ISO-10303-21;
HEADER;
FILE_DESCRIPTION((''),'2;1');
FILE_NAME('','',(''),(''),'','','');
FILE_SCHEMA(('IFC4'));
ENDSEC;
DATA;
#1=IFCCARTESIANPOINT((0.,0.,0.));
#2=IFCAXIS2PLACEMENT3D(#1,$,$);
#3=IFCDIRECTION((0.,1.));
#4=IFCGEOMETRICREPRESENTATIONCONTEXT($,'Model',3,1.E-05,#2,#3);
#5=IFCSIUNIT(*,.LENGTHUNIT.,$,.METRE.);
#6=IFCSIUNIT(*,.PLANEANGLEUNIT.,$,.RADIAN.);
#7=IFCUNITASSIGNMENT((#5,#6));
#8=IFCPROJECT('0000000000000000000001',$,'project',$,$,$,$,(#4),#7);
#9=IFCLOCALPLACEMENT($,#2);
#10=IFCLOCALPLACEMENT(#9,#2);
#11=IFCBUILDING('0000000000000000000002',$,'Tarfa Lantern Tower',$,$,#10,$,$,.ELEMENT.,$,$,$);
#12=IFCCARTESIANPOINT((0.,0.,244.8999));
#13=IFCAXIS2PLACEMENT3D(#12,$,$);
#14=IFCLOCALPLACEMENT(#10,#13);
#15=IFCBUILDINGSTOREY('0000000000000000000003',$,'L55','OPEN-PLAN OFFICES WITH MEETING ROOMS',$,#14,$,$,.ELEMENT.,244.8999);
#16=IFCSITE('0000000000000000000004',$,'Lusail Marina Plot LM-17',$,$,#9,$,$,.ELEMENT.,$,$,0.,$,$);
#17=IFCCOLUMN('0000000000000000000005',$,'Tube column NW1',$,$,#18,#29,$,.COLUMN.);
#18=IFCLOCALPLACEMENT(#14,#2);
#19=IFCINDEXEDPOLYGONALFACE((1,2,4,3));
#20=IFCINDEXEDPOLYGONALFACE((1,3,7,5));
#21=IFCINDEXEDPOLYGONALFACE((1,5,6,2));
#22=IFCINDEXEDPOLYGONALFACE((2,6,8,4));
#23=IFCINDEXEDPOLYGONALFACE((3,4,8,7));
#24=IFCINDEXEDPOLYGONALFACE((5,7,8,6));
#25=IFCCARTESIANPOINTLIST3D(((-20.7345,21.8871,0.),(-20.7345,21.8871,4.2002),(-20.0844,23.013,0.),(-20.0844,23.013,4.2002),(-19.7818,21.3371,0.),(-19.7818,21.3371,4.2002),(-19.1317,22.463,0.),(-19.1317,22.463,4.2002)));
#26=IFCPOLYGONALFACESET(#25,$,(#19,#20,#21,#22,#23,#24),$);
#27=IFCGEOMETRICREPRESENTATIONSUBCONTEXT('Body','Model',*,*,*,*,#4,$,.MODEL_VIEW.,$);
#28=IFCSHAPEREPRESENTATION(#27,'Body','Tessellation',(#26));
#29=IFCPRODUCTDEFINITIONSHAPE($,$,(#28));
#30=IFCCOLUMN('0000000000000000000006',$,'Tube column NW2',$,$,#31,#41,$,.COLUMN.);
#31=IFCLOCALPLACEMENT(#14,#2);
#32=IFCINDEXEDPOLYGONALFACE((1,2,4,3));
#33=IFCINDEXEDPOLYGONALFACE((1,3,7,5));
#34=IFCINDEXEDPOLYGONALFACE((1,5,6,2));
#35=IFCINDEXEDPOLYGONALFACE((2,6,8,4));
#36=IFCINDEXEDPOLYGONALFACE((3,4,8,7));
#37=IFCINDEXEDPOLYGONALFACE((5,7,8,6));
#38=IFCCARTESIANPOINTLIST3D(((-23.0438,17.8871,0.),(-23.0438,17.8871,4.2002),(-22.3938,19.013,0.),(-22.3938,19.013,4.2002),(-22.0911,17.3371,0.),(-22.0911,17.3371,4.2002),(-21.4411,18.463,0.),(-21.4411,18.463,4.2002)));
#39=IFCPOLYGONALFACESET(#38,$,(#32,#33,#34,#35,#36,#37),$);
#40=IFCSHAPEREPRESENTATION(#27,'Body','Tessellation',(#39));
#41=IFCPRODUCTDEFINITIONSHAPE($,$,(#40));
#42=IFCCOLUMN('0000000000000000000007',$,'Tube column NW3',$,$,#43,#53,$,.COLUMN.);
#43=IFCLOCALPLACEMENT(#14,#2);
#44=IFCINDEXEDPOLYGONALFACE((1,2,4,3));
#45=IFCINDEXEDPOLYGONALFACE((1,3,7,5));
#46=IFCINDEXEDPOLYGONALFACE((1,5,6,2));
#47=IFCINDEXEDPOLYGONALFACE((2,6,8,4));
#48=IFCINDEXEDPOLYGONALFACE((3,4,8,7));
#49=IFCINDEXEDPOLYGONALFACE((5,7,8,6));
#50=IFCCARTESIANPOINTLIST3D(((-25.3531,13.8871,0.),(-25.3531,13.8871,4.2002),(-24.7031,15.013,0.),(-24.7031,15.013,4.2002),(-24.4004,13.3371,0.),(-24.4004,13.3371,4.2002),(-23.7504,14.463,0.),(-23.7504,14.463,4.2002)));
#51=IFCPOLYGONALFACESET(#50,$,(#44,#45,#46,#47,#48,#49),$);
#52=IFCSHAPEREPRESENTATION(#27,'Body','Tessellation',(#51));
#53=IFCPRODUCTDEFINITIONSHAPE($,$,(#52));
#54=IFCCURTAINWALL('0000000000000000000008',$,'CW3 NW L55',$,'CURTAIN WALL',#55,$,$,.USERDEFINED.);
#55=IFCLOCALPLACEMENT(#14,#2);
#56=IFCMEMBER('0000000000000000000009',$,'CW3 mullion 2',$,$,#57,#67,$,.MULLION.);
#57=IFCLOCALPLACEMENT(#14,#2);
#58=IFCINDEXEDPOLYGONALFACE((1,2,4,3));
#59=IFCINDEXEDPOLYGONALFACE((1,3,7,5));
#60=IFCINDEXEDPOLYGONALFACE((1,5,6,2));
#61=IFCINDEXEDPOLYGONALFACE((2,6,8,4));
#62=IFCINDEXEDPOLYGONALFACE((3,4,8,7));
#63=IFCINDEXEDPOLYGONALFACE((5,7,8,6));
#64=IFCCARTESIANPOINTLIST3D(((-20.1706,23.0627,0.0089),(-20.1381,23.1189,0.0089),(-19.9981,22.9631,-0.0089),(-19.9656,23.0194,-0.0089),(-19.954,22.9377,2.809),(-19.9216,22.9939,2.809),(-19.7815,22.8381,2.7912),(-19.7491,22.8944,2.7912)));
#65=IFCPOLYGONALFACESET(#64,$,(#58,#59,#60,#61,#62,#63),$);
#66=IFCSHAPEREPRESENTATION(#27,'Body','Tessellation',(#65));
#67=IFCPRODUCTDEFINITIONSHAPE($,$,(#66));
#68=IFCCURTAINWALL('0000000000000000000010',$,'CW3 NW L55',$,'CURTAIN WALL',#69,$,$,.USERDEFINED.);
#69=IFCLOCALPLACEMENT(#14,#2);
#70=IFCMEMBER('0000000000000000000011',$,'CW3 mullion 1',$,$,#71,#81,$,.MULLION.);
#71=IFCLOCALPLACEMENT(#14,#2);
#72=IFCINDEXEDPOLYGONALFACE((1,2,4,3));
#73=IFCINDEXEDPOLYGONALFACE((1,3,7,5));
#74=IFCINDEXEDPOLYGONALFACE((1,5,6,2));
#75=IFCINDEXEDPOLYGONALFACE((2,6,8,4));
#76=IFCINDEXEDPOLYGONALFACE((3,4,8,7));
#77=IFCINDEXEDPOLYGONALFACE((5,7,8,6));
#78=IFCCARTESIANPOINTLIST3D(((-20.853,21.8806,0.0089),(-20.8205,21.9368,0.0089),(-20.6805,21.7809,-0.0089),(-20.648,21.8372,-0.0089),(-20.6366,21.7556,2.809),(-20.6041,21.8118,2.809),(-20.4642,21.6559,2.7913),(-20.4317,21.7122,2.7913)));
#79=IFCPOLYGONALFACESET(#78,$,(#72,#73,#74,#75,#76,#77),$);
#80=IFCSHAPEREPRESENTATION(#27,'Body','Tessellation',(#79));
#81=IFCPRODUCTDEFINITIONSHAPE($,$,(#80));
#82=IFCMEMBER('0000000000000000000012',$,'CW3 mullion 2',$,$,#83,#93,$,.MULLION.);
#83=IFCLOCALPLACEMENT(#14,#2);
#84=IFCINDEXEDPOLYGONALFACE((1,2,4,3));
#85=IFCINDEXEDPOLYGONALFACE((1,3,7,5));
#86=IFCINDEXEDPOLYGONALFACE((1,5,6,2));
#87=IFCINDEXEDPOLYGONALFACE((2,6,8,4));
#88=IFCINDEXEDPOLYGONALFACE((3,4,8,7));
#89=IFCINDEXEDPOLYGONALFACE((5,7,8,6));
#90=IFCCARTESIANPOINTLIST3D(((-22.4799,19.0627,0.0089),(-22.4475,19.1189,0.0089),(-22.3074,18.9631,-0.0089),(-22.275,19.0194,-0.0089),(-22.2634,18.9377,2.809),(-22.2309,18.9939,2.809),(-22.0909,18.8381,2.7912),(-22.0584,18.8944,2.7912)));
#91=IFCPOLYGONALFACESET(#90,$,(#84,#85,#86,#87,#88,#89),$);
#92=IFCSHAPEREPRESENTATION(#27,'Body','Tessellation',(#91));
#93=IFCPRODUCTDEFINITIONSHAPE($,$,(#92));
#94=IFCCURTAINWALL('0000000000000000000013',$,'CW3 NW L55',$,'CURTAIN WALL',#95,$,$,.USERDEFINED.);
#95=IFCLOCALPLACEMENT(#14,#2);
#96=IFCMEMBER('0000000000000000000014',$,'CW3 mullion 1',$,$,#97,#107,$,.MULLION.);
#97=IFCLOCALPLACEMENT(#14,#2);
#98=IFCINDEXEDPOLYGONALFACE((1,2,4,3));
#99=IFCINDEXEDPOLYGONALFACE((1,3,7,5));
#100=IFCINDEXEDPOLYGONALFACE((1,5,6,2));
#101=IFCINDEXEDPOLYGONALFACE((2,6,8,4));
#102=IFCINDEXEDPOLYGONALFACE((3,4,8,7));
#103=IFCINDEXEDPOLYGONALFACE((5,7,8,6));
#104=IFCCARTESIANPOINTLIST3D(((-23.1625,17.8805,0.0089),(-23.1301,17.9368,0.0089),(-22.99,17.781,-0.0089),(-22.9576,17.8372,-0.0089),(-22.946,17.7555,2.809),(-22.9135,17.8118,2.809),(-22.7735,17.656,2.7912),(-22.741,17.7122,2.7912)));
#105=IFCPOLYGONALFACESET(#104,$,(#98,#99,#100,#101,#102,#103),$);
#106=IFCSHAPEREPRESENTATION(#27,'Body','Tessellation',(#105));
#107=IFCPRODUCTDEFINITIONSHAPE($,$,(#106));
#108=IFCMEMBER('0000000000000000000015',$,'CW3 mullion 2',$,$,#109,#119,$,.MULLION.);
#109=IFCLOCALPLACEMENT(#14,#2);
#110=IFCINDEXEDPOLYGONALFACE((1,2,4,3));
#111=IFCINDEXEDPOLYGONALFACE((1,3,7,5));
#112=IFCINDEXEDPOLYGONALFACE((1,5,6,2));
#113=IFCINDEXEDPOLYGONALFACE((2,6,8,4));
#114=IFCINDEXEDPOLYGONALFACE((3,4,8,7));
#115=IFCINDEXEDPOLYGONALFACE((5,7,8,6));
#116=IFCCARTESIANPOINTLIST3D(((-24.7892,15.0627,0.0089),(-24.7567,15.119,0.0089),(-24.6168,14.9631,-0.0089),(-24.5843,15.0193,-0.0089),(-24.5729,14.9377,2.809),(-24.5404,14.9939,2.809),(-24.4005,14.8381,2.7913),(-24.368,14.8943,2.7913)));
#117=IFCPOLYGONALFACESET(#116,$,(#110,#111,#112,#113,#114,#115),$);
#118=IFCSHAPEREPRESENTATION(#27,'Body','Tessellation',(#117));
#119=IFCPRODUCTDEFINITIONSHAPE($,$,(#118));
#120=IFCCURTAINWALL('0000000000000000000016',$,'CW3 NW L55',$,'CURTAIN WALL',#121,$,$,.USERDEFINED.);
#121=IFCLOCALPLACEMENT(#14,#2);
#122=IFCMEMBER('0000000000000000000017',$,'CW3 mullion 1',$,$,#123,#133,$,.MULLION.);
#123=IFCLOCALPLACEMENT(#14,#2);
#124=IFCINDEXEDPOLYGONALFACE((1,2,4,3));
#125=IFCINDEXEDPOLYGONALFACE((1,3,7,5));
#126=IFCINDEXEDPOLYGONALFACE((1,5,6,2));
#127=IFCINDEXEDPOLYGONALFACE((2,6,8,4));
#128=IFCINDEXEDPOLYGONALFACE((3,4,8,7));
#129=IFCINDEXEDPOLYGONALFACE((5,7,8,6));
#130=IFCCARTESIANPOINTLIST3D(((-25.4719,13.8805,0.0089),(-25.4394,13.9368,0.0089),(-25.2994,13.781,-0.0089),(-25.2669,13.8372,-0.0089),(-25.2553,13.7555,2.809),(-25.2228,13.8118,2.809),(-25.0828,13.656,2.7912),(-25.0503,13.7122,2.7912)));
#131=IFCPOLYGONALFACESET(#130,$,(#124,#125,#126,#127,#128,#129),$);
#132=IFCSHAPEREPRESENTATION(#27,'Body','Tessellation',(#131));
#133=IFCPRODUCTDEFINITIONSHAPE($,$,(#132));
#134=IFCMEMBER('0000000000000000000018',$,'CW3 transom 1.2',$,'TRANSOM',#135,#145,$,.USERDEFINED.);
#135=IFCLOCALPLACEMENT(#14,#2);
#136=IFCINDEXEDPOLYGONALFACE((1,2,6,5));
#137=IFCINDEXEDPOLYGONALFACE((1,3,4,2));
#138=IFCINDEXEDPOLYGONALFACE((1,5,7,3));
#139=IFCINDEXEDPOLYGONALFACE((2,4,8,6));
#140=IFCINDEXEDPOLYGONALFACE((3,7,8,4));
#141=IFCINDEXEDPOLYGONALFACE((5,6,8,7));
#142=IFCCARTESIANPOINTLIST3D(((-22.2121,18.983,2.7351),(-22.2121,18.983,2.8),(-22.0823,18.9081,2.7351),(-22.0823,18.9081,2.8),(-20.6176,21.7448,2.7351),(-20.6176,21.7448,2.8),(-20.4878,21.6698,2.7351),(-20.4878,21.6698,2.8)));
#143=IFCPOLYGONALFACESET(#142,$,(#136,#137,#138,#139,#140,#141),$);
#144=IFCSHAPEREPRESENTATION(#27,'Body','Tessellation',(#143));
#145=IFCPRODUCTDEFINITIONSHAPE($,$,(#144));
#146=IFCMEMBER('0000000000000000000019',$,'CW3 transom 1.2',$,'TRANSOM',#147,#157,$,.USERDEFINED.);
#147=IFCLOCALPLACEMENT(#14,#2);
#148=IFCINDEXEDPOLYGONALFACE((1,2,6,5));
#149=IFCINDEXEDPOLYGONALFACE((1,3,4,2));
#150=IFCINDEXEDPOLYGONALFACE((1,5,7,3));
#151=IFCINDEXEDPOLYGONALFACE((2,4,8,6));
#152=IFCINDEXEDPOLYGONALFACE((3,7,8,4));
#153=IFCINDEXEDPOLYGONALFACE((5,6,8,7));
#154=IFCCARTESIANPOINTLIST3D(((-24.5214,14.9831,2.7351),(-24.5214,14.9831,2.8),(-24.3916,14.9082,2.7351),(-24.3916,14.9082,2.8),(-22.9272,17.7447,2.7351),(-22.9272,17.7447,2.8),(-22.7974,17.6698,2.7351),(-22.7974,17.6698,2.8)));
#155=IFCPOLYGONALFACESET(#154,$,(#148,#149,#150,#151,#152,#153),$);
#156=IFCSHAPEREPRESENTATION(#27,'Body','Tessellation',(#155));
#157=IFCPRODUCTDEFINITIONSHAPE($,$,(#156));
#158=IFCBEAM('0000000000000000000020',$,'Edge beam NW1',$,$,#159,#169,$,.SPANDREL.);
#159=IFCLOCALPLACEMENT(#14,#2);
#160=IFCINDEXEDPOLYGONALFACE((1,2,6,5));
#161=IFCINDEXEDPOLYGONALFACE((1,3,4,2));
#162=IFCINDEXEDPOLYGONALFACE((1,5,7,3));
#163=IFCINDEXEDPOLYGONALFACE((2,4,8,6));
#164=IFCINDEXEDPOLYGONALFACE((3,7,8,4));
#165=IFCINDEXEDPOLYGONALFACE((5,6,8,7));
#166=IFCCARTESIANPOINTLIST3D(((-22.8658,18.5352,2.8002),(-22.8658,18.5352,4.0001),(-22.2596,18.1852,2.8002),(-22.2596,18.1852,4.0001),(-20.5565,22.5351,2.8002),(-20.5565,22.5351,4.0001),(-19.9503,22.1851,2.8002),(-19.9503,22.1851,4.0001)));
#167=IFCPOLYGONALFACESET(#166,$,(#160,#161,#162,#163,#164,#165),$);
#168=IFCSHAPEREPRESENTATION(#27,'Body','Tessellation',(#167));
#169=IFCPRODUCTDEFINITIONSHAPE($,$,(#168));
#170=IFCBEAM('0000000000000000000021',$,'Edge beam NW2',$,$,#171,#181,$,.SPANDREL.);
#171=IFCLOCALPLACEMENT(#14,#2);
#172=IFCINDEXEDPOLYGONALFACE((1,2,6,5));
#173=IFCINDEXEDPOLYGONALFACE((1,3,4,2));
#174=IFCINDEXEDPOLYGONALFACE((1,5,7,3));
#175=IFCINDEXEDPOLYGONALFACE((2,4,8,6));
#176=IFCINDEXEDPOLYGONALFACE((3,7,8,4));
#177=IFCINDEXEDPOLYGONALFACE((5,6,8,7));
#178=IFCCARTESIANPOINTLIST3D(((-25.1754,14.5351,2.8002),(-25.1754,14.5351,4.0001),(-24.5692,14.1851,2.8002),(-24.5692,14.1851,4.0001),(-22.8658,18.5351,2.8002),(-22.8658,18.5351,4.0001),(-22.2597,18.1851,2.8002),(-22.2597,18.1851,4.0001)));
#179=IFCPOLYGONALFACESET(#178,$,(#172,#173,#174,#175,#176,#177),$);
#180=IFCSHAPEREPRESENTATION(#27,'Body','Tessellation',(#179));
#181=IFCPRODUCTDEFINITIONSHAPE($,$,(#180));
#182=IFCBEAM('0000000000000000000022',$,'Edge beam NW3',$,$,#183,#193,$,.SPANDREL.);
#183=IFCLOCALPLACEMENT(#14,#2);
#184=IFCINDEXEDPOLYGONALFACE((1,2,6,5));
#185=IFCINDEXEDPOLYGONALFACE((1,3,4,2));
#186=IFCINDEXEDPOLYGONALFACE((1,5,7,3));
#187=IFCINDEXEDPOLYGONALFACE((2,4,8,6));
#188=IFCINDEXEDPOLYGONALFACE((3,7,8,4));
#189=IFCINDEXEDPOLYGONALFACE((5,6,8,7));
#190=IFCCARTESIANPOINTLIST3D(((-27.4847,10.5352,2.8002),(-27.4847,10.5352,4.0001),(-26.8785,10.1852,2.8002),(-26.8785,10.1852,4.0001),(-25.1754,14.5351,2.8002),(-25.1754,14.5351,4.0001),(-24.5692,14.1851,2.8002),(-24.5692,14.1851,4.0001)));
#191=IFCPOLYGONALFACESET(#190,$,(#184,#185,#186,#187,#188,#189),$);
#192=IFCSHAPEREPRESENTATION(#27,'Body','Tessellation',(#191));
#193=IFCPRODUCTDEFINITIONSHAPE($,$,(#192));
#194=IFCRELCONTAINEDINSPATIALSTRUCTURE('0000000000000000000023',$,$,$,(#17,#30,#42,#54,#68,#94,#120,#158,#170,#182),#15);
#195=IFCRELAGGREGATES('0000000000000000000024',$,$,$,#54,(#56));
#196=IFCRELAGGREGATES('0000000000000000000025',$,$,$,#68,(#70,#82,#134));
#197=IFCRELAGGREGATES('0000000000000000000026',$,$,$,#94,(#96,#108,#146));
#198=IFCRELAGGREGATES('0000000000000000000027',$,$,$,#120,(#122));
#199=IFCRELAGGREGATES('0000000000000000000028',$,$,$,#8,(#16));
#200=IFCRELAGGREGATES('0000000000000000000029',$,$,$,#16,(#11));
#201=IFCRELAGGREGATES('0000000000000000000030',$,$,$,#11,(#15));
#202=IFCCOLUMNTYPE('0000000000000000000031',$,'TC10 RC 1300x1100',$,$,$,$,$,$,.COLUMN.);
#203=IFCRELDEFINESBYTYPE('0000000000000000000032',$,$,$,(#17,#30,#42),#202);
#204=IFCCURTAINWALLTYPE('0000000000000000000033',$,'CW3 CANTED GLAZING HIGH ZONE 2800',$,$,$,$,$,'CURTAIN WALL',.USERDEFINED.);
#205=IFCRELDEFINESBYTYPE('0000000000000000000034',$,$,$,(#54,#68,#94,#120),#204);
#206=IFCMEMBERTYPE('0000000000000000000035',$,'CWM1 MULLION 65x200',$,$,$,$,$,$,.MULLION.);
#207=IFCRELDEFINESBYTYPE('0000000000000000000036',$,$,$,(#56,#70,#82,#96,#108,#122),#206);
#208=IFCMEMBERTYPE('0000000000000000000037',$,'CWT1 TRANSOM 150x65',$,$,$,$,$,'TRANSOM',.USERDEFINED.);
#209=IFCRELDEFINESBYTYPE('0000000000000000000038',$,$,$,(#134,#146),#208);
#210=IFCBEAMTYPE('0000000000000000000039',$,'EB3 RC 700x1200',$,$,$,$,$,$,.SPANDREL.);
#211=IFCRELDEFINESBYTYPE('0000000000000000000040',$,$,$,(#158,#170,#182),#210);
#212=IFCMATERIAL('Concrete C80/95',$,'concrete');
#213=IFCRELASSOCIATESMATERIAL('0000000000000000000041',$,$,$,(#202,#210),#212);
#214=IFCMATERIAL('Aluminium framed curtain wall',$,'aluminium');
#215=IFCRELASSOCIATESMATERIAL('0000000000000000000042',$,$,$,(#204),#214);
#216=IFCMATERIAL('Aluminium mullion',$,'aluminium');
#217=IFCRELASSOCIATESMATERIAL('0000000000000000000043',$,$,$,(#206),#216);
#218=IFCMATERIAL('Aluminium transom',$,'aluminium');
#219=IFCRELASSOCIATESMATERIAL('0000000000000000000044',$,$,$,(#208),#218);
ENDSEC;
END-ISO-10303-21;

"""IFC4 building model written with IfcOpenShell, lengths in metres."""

from ifc_helpers import new_model, si_unit, direction, frame, origin, origin_2d, place, context, subcontext, project, spatial, rectangle, extrude, material, material_profile, profile_set, type_object, element, aggregate, save


model = new_model("IFC4")

# Units and contexts
model_context = context("Model", 3, precision=1e-05, world=origin(), true_north=direction((0.0, 1.0)))
body_context = subcontext(model_context, "Body", "Model", "MODEL_VIEW")
ifc_project = project(units=[si_unit("LENGTHUNIT", "METRE"), si_unit("PLANEANGLEUNIT", "RADIAN")], contexts=[model_context])

# Site, building, storey
site_placement = place(None, origin())
site = spatial("IfcSite", under=ifc_project, at=site_placement, Name="Lusail Marina Plot LM-17", CompositionType="ELEMENT", RefElevation=0.0)
building_placement = place(site_placement, origin())
building = spatial("IfcBuilding", under=site, at=building_placement, Name="Tarfa Lantern Tower", CompositionType="ELEMENT")
storey_placement = place(building_placement, frame((0.0, 0.0, 244.8999)))
storey = spatial("IfcBuildingStorey", under=building, at=storey_placement, Name="L55", Description="OPEN-PLAN OFFICES WITH MEETING ROOMS", CompositionType="ELEMENT", Elevation=244.8999)

# Columns
ifc_material_1 = material(Name="Concrete C80/95", Category="concrete")
ifc_material_profile_1 = material_profile(ifc_material_1, rectangle(XDim=1.3, YDim=1.1001, at=origin_2d()), Name="RC 1300x1100")
ifc_profile_set_1 = profile_set([ifc_material_profile_1], Name="Concrete C80/95")
column_type = type_object("IfcColumnType", Name="TC10 RC 1300x1100", PredefinedType="COLUMN", material=ifc_profile_set_1)
for number, where, z_axis, x_axis, name in (
    (1, (-19.9331, 22.175, 0.0), (0.0, 0.0, 1.0), (-0.5, -0.866025, 0.0), "Tube column NW1"),
    (2, (-22.2424, 18.175, 0.0), (0.0, 0.0, 1.0), (-0.5, -0.866025, 0.0), "Tube column NW2"),
    (3, (-24.5518, 14.175, 0.0), (0.0, 0.0, 1.0), (-0.5, -0.866025, 0.0), "Tube column NW3"),
):
    element("IfcColumn", number, at=place(storey_placement, frame(where, z_axis=z_axis, x_axis=x_axis)), inside=storey, type_object=column_type, Name=name, PredefinedType="COLUMN", context=body_context, shape_type="SweptSolid", body=[
        extrude(rectangle(XDim=1.3, YDim=1.1001, at=origin_2d()), origin(), (0.0, 0.0, 1.0), 4.2002),
    ])

# Curtain wall, member
ifc_material_2 = material(Name="Aluminium framed curtain wall", Category="aluminium")
curtain_wall_type = type_object("IfcCurtainWallType", Name="CW3 CANTED GLAZING HIGH ZONE 2800", ElementType="CURTAIN WALL", PredefinedType="USERDEFINED", material=ifc_material_2)
curtain_wall_1_placement = place(storey_placement, origin())
curtain_wall_1 = element("IfcCurtainWall", 4, at=curtain_wall_1_placement, inside=storey, type_object=curtain_wall_type, Name="CW3 NW L55", ObjectType="CURTAIN WALL", PredefinedType="USERDEFINED")
ifc_material_3 = material(Name="Aluminium mullion", Category="aluminium")
ifc_material_profile_2 = material_profile(ifc_material_3, rectangle(XDim=0.0649, YDim=0.2, at=origin_2d()), Name="AL MULLION 65x200")
ifc_profile_set_2 = profile_set([ifc_material_profile_2], Name="Aluminium mullion")
member_type_1 = type_object("IfcMemberType", Name="CWM1 MULLION 65x200", PredefinedType="MULLION", material=ifc_profile_set_2)
member_1_placement = place(storey_placement, frame((-20.0681, 23.041, 0.0), z_axis=(0.077032, -0.044465, 0.996037), x_axis=(0.49992, 0.866072, 0.0)))
member_1 = element("IfcMember", 5, at=member_1_placement, type_object=member_type_1, Name="CW3 mullion 2", PredefinedType="MULLION", context=body_context, shape_type="SweptSolid", body=[
    extrude(rectangle(XDim=0.0649, YDim=0.2, at=origin_2d()), origin(), (0.0, 0.0, 1.0), 2.8113),
])

# Curtain walls, members
curtain_wall_2_placement = place(storey_placement, origin())
curtain_wall_2 = element("IfcCurtainWall", 6, at=curtain_wall_2_placement, inside=storey, type_object=curtain_wall_type, Name="CW3 NW L55", ObjectType="CURTAIN WALL", PredefinedType="USERDEFINED")
member_2_placement = place(storey_placement, frame((-20.7505, 21.8589, 0.0), z_axis=(0.076946, -0.044465, 0.996043), x_axis=(0.500343, 0.865827, 0.0)))
member_2 = element("IfcMember", 7, at=member_2_placement, type_object=member_type_1, Name="CW3 mullion 1", PredefinedType="MULLION", context=body_context, shape_type="SweptSolid", body=[
    extrude(rectangle(XDim=0.0649, YDim=0.2, at=origin_2d()), origin(), (0.0, 0.0, 1.0), 2.8113),
])
member_3_placement = place(storey_placement, frame((-22.3774, 19.041, 0.0), z_axis=(0.077032, -0.044465, 0.996037), x_axis=(0.49992, 0.866072, 0.0)))
member_3 = element("IfcMember", 8, at=member_3_placement, type_object=member_type_1, Name="CW3 mullion 2", PredefinedType="MULLION", context=body_context, shape_type="SweptSolid", body=[
    extrude(rectangle(XDim=0.0649, YDim=0.2, at=origin_2d()), origin(), (0.0, 0.0, 1.0), 2.8113),
])
curtain_wall_3_placement = place(storey_placement, origin())
curtain_wall_3 = element("IfcCurtainWall", 9, at=curtain_wall_3_placement, inside=storey, type_object=curtain_wall_type, Name="CW3 NW L55", ObjectType="CURTAIN WALL", PredefinedType="USERDEFINED")
member_4_placement = place(storey_placement, frame((-23.0601, 17.8589, 0.0), z_axis=(0.077032, -0.044465, 0.996037), x_axis=(0.49992, 0.866072, 0.0)))
member_4 = element("IfcMember", 10, at=member_4_placement, type_object=member_type_1, Name="CW3 mullion 1", PredefinedType="MULLION", context=body_context, shape_type="SweptSolid", body=[
    extrude(rectangle(XDim=0.0649, YDim=0.2, at=origin_2d()), origin(), (0.0, 0.0, 1.0), 2.8113),
])
member_5_placement = place(storey_placement, frame((-24.6868, 15.041, 0.0), z_axis=(0.076946, -0.044465, 0.996043), x_axis=(0.500343, 0.865827, 0.0)))
member_5 = element("IfcMember", 11, at=member_5_placement, type_object=member_type_1, Name="CW3 mullion 2", PredefinedType="MULLION", context=body_context, shape_type="SweptSolid", body=[
    extrude(rectangle(XDim=0.0649, YDim=0.2, at=origin_2d()), origin(), (0.0, 0.0, 1.0), 2.8113),
])

# Curtain wall, member
curtain_wall_4_placement = place(storey_placement, origin())
curtain_wall_4 = element("IfcCurtainWall", 12, at=curtain_wall_4_placement, inside=storey, type_object=curtain_wall_type, Name="CW3 NW L55", ObjectType="CURTAIN WALL", PredefinedType="USERDEFINED")
member_6_placement = place(storey_placement, frame((-25.3694, 13.8589, 0.0), z_axis=(0.077032, -0.044465, 0.996037), x_axis=(0.49992, 0.866072, 0.0)))
member_6 = element("IfcMember", 13, at=member_6_placement, type_object=member_type_1, Name="CW3 mullion 1", PredefinedType="MULLION", context=body_context, shape_type="SweptSolid", body=[
    extrude(rectangle(XDim=0.0649, YDim=0.2, at=origin_2d()), origin(), (0.0, 0.0, 1.0), 2.8113),
])

# Members
ifc_material_4 = material(Name="Aluminium transom", Category="aluminium")
ifc_material_profile_3 = material_profile(ifc_material_4, rectangle(XDim=0.1499, YDim=0.0649, at=origin_2d()), Name="AL TRANSOM 150x65")
ifc_profile_set_3 = profile_set([ifc_material_profile_3], Name="Aluminium transom")
member_type_2 = type_object("IfcMemberType", Name="CWT1 TRANSOM 150x65", ElementType="TRANSOM", PredefinedType="USERDEFINED", material=ifc_profile_set_3)
member_7_placement = place(storey_placement, frame((-20.5527, 21.7073, 2.7676), z_axis=(-0.500001, -0.866025, 0.0), x_axis=(0.866025, -0.500001, 0.0)))
member_7 = element("IfcMember", 14, at=member_7_placement, type_object=member_type_2, Name="CW3 transom 1.2", ObjectType="TRANSOM", PredefinedType="USERDEFINED", context=body_context, shape_type="SweptSolid", body=[
    extrude(rectangle(XDim=0.1499, YDim=0.0649, at=origin_2d()), origin(), (0.0, 0.0, 1.0), 3.189),
])
member_8_placement = place(storey_placement, frame((-22.8623, 17.7073, 2.7676), z_axis=(-0.499943, -0.866058, 0.0), x_axis=(0.866058, -0.499943, 0.0)))
member_8 = element("IfcMember", 15, at=member_8_placement, type_object=member_type_2, Name="CW3 transom 1.2", ObjectType="TRANSOM", PredefinedType="USERDEFINED", context=body_context, shape_type="SweptSolid", body=[
    extrude(rectangle(XDim=0.1499, YDim=0.0649, at=origin_2d()), origin(), (0.0, 0.0, 1.0), 3.1887),
])

# Beams
ifc_material_profile_4 = material_profile(ifc_material_1, rectangle(XDim=0.7, YDim=1.2, at=origin_2d()), Name="RC 700x1200")
ifc_profile_set_4 = profile_set([ifc_material_profile_4], Name="Concrete C80/95")
beam_type_1 = type_object("IfcBeamType", Name="EB3 RC 700x1200", PredefinedType="SPANDREL", material=ifc_profile_set_4)
beam_1_placement = place(storey_placement, frame((-20.2534, 22.3601, 3.4001), z_axis=(-0.499988, -0.866032, 0.0), x_axis=(0.866032, -0.499988, 0.0)))
element("IfcBeam", 16, at=beam_1_placement, inside=storey, type_object=beam_type_1, Name="Edge beam NW1", PredefinedType="SPANDREL", context=body_context, shape_type="SweptSolid", body=[
    extrude(rectangle(XDim=0.7, YDim=1.2, at=origin_2d()), origin(), (0.0, 0.0, 1.0), 4.6187),
])
beam_2_placement = place(storey_placement, frame((-22.5627, 18.3601, 3.4001), z_axis=(-0.500027, -0.86601, 0.0), x_axis=(0.86601, -0.500027, 0.0)))
element("IfcBeam", 17, at=beam_2_placement, inside=storey, type_object=beam_type_1, Name="Edge beam NW2", PredefinedType="SPANDREL", context=body_context, shape_type="SweptSolid", body=[
    extrude(rectangle(XDim=0.7, YDim=1.2, at=origin_2d()), origin(), (0.0, 0.0, 1.0), 4.6189),
])
beam_3_placement = place(storey_placement, frame((-24.8723, 14.3601, 3.4001), z_axis=(-0.499988, -0.866032, 0.0), x_axis=(0.866032, -0.499988, 0.0)))
element("IfcBeam", 18, at=beam_3_placement, inside=storey, type_object=beam_type_1, Name="Edge beam NW3", PredefinedType="SPANDREL", context=body_context, shape_type="SweptSolid", body=[
    extrude(rectangle(XDim=0.7, YDim=1.2, at=origin_2d()), origin(), (0.0, 0.0, 1.0), 4.6187),
])

aggregate(curtain_wall_1, [member_1])
aggregate(curtain_wall_2, [member_2, member_3, member_7])
aggregate(curtain_wall_3, [member_4, member_5, member_8])
aggregate(curtain_wall_4, [member_6])

save(model, "model.ifc")
